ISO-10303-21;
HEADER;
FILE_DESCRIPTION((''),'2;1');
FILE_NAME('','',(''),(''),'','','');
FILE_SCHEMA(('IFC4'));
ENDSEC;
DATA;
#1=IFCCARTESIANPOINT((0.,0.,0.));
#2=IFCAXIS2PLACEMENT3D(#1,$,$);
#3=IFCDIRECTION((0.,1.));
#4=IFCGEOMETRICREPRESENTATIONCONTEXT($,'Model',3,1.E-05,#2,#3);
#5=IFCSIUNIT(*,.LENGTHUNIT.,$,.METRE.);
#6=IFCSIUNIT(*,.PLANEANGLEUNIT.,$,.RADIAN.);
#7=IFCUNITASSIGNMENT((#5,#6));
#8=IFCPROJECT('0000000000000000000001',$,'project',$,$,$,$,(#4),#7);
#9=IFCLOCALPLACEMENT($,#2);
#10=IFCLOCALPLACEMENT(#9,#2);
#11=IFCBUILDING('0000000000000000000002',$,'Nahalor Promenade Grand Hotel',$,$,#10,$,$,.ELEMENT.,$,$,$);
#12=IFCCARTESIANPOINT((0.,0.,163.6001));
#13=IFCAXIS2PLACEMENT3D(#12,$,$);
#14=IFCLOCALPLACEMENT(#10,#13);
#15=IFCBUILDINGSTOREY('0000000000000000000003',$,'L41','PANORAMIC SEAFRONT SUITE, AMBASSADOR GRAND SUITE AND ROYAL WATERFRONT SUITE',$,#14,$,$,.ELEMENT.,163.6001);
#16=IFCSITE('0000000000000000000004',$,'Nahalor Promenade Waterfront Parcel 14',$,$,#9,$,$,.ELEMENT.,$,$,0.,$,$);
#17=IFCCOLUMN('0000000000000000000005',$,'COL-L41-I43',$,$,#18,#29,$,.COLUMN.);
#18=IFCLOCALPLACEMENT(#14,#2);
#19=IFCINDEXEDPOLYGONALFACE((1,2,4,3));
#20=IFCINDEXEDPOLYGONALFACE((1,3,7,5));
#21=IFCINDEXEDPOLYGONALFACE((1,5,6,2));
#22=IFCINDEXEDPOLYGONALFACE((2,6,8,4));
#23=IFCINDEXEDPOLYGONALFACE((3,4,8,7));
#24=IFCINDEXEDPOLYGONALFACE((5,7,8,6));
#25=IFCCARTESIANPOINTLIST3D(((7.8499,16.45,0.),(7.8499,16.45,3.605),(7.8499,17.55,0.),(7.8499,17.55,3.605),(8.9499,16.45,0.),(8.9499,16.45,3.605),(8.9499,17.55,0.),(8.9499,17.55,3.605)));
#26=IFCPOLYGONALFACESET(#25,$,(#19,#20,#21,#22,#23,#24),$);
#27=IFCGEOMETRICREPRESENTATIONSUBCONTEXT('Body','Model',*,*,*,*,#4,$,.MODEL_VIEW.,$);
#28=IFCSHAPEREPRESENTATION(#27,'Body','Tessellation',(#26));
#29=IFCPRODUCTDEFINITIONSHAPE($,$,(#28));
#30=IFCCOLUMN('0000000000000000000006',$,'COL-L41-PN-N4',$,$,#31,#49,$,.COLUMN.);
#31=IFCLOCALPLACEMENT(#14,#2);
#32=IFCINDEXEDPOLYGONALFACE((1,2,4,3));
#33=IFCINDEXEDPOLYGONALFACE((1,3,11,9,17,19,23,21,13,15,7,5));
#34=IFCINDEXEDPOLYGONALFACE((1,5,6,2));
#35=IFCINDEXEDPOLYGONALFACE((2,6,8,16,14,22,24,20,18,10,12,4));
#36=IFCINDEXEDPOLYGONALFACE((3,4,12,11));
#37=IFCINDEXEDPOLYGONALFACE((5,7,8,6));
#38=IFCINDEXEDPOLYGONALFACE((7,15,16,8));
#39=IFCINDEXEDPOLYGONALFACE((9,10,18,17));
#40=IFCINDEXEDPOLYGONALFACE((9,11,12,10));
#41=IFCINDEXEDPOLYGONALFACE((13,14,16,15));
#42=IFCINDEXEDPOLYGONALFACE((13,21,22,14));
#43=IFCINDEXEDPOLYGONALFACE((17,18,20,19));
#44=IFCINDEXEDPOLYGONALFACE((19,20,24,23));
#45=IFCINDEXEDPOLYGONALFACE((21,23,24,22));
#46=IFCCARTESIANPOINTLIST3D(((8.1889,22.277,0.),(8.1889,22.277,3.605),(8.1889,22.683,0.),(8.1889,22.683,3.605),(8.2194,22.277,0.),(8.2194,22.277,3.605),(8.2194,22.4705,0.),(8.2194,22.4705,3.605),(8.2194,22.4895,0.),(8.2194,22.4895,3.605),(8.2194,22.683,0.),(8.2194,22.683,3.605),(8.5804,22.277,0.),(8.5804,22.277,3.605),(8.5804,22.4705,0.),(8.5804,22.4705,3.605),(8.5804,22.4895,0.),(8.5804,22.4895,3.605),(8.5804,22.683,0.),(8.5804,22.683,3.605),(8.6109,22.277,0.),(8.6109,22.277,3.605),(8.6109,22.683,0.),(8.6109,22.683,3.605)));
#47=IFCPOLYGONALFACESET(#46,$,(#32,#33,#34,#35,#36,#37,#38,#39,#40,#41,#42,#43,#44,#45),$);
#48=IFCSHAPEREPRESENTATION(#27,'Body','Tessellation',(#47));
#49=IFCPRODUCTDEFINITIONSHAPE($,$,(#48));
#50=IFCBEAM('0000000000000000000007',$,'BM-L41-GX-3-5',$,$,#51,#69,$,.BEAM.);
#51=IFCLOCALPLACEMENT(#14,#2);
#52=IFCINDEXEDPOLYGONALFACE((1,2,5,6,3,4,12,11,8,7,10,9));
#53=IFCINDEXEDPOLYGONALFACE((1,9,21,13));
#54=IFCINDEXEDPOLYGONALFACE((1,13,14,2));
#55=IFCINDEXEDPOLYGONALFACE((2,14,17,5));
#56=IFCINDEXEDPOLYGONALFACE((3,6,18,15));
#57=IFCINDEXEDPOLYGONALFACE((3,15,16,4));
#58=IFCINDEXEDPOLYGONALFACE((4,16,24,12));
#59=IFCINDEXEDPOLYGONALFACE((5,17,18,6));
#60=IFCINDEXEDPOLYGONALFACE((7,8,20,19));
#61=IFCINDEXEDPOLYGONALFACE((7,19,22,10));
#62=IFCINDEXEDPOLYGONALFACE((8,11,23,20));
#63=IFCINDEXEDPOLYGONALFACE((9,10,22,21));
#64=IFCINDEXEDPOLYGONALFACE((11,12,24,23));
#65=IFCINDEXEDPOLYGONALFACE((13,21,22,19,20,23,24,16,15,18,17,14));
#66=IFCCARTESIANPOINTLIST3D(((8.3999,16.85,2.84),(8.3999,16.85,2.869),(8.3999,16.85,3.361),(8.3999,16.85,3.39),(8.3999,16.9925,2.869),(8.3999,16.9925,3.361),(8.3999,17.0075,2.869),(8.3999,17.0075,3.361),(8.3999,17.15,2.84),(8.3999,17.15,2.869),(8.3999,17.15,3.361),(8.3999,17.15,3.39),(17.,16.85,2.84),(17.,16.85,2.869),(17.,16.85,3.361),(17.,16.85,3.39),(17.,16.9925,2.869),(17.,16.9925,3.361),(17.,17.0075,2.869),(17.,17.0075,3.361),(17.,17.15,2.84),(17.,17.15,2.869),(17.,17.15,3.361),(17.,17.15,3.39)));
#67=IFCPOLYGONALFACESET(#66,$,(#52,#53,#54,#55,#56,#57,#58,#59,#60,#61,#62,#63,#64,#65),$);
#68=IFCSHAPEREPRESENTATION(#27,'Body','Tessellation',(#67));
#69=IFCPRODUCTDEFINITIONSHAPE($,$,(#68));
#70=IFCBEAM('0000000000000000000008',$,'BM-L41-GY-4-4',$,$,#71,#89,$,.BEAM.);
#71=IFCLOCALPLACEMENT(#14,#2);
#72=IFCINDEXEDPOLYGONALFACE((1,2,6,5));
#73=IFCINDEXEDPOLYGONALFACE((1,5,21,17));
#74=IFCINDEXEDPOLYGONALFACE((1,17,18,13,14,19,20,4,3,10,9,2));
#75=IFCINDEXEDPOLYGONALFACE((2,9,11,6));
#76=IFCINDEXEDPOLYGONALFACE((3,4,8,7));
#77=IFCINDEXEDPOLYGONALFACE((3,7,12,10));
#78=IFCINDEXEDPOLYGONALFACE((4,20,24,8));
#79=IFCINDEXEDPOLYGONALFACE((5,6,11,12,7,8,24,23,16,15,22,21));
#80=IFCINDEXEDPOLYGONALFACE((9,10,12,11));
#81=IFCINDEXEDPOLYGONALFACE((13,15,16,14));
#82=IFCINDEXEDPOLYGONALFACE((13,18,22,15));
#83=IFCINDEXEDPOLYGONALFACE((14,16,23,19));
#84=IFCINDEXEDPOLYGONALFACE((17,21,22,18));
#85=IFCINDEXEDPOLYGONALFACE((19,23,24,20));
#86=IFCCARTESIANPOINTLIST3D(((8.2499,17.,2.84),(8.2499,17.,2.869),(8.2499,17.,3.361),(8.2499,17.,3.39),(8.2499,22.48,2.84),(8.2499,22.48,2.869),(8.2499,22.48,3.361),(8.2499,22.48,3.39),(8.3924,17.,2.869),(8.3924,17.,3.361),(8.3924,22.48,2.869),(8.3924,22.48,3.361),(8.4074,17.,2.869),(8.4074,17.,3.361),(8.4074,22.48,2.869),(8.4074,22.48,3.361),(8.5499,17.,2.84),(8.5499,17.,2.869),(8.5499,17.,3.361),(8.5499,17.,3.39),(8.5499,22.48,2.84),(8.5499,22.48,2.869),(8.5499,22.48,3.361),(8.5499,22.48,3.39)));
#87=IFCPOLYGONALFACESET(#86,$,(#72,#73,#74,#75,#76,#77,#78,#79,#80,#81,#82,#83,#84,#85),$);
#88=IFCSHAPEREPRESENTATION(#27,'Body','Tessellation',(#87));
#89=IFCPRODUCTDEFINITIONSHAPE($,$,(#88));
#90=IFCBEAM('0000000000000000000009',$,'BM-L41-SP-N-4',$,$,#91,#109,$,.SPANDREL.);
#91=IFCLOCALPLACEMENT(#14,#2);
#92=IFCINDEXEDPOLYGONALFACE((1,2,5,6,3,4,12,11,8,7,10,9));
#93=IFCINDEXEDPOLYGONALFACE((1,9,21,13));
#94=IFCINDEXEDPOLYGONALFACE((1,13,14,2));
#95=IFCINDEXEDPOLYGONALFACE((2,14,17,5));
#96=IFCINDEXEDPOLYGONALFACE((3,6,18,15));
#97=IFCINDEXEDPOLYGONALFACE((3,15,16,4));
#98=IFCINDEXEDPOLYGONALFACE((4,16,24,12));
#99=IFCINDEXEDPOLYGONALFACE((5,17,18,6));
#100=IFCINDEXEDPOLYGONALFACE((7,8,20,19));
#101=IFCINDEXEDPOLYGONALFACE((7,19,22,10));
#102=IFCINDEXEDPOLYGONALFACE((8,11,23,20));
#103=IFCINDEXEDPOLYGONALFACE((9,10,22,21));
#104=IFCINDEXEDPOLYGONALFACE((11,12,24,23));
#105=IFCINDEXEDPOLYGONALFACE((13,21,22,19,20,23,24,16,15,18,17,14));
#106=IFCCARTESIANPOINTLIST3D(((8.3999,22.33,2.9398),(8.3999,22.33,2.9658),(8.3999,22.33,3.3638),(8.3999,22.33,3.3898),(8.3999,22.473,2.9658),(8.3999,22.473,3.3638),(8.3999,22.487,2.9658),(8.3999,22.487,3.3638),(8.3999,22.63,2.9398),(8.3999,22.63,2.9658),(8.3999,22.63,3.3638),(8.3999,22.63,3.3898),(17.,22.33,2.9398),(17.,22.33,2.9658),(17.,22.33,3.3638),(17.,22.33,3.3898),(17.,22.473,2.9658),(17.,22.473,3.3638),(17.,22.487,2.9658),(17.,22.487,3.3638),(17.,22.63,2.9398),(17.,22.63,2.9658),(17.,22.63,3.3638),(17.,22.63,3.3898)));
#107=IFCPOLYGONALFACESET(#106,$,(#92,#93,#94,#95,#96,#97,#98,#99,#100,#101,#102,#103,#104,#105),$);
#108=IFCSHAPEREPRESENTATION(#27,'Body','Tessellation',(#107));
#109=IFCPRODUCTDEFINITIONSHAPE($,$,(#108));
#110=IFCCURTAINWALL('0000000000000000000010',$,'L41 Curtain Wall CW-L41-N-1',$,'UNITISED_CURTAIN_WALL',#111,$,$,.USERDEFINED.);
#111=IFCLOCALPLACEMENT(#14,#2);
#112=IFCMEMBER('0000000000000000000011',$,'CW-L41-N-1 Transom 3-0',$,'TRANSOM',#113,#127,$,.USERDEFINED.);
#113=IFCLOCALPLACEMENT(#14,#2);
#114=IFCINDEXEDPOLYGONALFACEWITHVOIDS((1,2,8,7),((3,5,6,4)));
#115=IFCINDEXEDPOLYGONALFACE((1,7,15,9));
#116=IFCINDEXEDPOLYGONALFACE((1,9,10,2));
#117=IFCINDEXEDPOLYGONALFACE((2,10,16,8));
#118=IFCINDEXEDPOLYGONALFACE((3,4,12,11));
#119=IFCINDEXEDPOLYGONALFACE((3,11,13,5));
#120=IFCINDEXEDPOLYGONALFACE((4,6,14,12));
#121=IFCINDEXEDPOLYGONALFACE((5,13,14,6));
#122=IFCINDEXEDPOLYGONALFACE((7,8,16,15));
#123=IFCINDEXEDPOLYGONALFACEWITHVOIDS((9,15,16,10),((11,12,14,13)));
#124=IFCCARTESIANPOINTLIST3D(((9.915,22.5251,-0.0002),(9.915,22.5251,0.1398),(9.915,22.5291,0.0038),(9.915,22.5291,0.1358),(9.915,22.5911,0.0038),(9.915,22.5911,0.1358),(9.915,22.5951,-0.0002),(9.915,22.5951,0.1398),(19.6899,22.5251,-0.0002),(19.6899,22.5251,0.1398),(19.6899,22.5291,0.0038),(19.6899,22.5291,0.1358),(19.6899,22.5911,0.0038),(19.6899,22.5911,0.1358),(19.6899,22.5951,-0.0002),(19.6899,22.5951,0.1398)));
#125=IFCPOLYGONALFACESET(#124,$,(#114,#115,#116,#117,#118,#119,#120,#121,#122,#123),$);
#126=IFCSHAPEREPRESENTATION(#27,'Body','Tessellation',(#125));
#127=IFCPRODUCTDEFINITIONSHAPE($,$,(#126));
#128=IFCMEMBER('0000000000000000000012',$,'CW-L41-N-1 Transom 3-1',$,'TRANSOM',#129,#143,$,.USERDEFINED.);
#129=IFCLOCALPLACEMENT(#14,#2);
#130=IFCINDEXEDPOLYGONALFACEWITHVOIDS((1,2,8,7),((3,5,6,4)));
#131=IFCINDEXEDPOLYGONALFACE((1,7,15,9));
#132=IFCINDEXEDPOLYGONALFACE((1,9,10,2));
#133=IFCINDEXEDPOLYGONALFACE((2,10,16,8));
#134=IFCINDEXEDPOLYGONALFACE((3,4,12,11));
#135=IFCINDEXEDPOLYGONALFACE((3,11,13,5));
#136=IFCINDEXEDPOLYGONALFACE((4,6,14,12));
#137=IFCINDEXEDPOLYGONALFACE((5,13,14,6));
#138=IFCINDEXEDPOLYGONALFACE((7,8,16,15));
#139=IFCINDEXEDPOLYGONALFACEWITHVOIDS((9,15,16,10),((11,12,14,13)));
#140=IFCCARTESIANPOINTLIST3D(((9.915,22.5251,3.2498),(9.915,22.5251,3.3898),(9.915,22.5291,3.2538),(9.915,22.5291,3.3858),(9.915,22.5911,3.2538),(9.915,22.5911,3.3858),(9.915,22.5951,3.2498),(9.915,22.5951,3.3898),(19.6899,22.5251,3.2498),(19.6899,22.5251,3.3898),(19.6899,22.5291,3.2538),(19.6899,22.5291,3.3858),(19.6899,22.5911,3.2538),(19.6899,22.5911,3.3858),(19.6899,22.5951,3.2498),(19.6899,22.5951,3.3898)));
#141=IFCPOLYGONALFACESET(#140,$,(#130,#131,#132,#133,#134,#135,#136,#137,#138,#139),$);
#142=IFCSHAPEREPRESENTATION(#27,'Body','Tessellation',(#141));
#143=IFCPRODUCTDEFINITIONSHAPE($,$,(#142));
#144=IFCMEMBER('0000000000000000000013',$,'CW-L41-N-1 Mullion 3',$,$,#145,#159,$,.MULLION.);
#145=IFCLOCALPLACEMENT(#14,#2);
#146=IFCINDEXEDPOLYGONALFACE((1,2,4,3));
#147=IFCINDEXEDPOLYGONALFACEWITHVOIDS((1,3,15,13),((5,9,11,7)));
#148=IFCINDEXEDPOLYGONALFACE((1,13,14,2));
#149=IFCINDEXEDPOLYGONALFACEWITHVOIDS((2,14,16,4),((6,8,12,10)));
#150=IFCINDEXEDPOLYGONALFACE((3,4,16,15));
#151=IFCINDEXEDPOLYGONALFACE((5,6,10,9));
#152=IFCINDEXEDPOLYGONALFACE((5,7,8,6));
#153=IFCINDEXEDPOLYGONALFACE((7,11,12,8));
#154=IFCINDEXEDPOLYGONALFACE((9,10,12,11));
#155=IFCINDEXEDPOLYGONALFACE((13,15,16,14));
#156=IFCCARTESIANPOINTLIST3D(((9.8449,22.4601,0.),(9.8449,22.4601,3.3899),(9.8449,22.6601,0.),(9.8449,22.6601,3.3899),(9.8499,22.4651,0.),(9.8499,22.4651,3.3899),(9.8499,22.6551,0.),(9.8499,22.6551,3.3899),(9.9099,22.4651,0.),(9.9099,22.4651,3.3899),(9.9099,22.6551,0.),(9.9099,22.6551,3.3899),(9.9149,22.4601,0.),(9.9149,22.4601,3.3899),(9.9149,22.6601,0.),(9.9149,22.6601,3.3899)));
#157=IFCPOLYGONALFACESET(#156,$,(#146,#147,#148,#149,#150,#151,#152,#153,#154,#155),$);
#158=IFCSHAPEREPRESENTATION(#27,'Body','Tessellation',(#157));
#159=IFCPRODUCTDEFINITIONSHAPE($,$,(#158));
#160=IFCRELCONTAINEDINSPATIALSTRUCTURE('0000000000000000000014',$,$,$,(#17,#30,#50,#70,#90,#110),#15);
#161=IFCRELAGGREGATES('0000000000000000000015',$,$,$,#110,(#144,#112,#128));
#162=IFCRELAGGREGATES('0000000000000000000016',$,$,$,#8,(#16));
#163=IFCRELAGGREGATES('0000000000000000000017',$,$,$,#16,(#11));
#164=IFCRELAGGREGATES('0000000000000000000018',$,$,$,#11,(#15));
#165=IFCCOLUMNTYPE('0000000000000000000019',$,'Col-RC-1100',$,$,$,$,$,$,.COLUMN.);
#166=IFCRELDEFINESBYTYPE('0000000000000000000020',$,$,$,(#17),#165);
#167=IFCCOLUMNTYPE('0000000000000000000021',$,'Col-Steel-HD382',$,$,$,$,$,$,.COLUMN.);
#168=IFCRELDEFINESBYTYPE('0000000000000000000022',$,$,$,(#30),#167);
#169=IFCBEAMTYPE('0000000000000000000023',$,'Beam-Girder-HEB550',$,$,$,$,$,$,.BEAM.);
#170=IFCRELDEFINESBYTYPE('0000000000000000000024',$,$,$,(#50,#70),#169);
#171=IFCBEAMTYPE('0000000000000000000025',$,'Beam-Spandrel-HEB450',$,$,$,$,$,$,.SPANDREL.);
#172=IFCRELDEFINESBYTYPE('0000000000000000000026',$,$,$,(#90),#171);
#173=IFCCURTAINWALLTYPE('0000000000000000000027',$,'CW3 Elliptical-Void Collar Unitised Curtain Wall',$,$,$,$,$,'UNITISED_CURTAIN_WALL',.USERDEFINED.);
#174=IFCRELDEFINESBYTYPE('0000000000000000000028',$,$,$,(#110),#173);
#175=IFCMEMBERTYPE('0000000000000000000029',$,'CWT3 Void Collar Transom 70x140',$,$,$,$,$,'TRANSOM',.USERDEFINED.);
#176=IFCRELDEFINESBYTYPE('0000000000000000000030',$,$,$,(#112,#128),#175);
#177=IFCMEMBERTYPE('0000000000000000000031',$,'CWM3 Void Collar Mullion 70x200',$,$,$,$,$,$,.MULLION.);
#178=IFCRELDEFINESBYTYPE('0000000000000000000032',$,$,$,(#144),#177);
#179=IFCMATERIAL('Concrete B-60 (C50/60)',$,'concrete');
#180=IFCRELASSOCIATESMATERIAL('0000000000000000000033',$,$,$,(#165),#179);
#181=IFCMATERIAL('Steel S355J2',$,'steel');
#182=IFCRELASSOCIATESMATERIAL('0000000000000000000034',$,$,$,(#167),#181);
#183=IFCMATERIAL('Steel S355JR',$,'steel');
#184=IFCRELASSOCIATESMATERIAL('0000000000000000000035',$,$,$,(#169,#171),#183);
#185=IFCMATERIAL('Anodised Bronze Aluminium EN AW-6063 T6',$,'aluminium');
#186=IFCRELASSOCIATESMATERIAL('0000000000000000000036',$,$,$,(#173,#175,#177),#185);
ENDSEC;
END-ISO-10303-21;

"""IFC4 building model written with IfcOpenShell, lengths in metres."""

from ifc_helpers import new_model, si_unit, direction, frame, origin, origin_2d, place, context, subcontext, project, spatial, rectangle, hollow_rectangle, i_section, extrude, source, transform, mapped, material, material_profile, profile_set, type_object, element, aggregate, save


model = new_model("IFC4")

# Units and contexts
model_context = context("Model", 3, precision=1e-05, world=origin(), true_north=direction((0.0, 1.0)))
body_context = subcontext(model_context, "Body", "Model", "MODEL_VIEW")
ifc_project = project(units=[si_unit("LENGTHUNIT", "METRE"), si_unit("PLANEANGLEUNIT", "RADIAN")], contexts=[model_context])

# Site, building, storey
site_placement = place(None, origin())
site = spatial("IfcSite", under=ifc_project, at=site_placement, Name="Nahalor Promenade Waterfront Parcel 14", CompositionType="ELEMENT", RefElevation=0.0)
building_placement = place(site_placement, origin())
building = spatial("IfcBuilding", under=site, at=building_placement, Name="Nahalor Promenade Grand Hotel", CompositionType="ELEMENT")
storey_placement = place(building_placement, frame((0.0, 0.0, 163.6001)))
storey = spatial("IfcBuildingStorey", under=building, at=storey_placement, Name="L41", Description="PANORAMIC SEAFRONT SUITE, AMBASSADOR GRAND SUITE AND ROYAL WATERFRONT SUITE", CompositionType="ELEMENT", Elevation=163.6001)

# Columns
ifc_material_1 = material(Name="Concrete B-60 (C50/60)", Category="concrete")
ifc_material_profile_1 = material_profile(ifc_material_1, rectangle(XDim=1.1, YDim=1.1, at=origin_2d()), Name="RC 1100x1100")
ifc_profile_set_1 = profile_set([ifc_material_profile_1], Name="Concrete B-60 (C50/60)")
column_type_1 = type_object("IfcColumnType", Name="Col-RC-1100", PredefinedType="COLUMN", material=ifc_profile_set_1)
shared_shape_1 = source(origin(), body_context, "Body", "SweptSolid", [
    extrude(rectangle(XDim=1.1, YDim=1.1, at=origin_2d()), origin(), (0.0, 0.0, 1.0), 3.605),
])
column_1_placement = place(storey_placement, frame((8.3999, 17.0, 0.0), z_axis=(0.0, 0.0, 1.0), x_axis=(1.0, 0.0, 0.0)))
element("IfcColumn", 1, at=column_1_placement, inside=storey, type_object=column_type_1, Name="COL-L41-I43", PredefinedType="COLUMN", context=body_context, shape_type="MappedRepresentation", body=[
    mapped(shared_shape_1, transform((0.0, 0.0, 0.0), scale=1.0)),
])
ifc_material_2 = material(Name="Steel S355J2", Category="steel")
ifc_material_profile_2 = material_profile(ifc_material_2, i_section(OverallWidth=0.406, OverallDepth=0.422, WebThickness=0.019, FlangeThickness=0.0305, at=origin_2d()), Name="HD 400x382")
ifc_profile_set_2 = profile_set([ifc_material_profile_2], Name="Steel S355J2")
column_type_2 = type_object("IfcColumnType", Name="Col-Steel-HD382", PredefinedType="COLUMN", material=ifc_profile_set_2)
shared_shape_2 = source(origin(), body_context, "Body", "SweptSolid", [
    extrude(i_section(OverallWidth=0.406, OverallDepth=0.422, WebThickness=0.019, FlangeThickness=0.0305, at=origin_2d()), origin(), (0.0, 0.0, 1.0), 3.605),
])
column_2_placement = place(storey_placement, frame((8.3999, 22.48, 0.0), z_axis=(0.0, 0.0, 1.0), x_axis=(0.0, 1.0, 0.0)))
element("IfcColumn", 2, at=column_2_placement, inside=storey, type_object=column_type_2, Name="COL-L41-PN-N4", PredefinedType="COLUMN", context=body_context, shape_type="MappedRepresentation", body=[
    mapped(shared_shape_2, transform((0.0, 0.0, 0.0), scale=1.0)),
])

# Beams
ifc_material_3 = material(Name="Steel S355JR", Category="steel")
ifc_material_profile_3 = material_profile(ifc_material_3, i_section(OverallWidth=0.3, OverallDepth=0.55, WebThickness=0.015, FlangeThickness=0.029, at=origin_2d()), Name="HEB 550")
ifc_profile_set_3 = profile_set([ifc_material_profile_3], Name="Steel S355JR")
beam_type_1 = type_object("IfcBeamType", Name="Beam-Girder-HEB550", PredefinedType="BEAM", material=ifc_profile_set_3)
shared_shape_3 = source(origin(), body_context, "Body", "SweptSolid", [
    extrude(i_section(OverallWidth=0.3, OverallDepth=0.55, WebThickness=0.015, FlangeThickness=0.029, at=origin_2d()), origin(), (0.0, 0.0, 1.0), 8.6001),
])
beam_1_placement = place(storey_placement, frame((8.3999, 17.0, 3.115), z_axis=(1.0, 0.0, 0.0), x_axis=(0.0, 1.0, 0.0)))
element("IfcBeam", 3, at=beam_1_placement, inside=storey, type_object=beam_type_1, Name="BM-L41-GX-3-5", PredefinedType="BEAM", context=body_context, shape_type="MappedRepresentation", body=[
    mapped(shared_shape_3, transform((0.0, 0.0, 0.0), scale=1.0)),
])
shared_shape_4 = source(origin(), body_context, "Body", "SweptSolid", [
    extrude(i_section(OverallWidth=0.3, OverallDepth=0.55, WebThickness=0.015, FlangeThickness=0.029, at=origin_2d()), origin(), (0.0, 0.0, 1.0), 5.48),
])
beam_2_placement = place(storey_placement, frame((8.3999, 17.0, 3.115), z_axis=(0.0, 1.0, 0.0), x_axis=(-1.0, 0.0, 0.0)))
element("IfcBeam", 4, at=beam_2_placement, inside=storey, type_object=beam_type_1, Name="BM-L41-GY-4-4", PredefinedType="BEAM", context=body_context, shape_type="MappedRepresentation", body=[
    mapped(shared_shape_4, transform((0.0, 0.0, 0.0), scale=1.0)),
])
ifc_material_profile_4 = material_profile(ifc_material_3, i_section(OverallWidth=0.3, OverallDepth=0.45, WebThickness=0.014, FlangeThickness=0.026, at=origin_2d()), Name="HEB 450")
ifc_profile_set_4 = profile_set([ifc_material_profile_4], Name="Steel S355JR")
beam_type_2 = type_object("IfcBeamType", Name="Beam-Spandrel-HEB450", PredefinedType="SPANDREL", material=ifc_profile_set_4)
shared_shape_5 = source(origin(), body_context, "Body", "SweptSolid", [
    extrude(i_section(OverallWidth=0.3, OverallDepth=0.45, WebThickness=0.014, FlangeThickness=0.026, at=origin_2d()), origin(), (0.0, 0.0, 1.0), 8.6001),
])
beam_3_placement = place(storey_placement, frame((8.3999, 22.48, 3.1648), z_axis=(1.0, 0.0, 0.0), x_axis=(0.0, 1.0, 0.0)))
element("IfcBeam", 5, at=beam_3_placement, inside=storey, type_object=beam_type_2, Name="BM-L41-SP-N-4", PredefinedType="SPANDREL", context=body_context, shape_type="MappedRepresentation", body=[
    mapped(shared_shape_5, transform((0.0, 0.0, 0.0), scale=1.0)),
])

# Curtain wall, members
ifc_material_4 = material(Name="Anodised Bronze Aluminium EN AW-6063 T6", Category="aluminium")
curtain_wall_type = type_object("IfcCurtainWallType", Name="CW3 Elliptical-Void Collar Unitised Curtain Wall", ElementType="UNITISED_CURTAIN_WALL", PredefinedType="USERDEFINED", material=ifc_material_4)
curtain_wall_placement = place(storey_placement, origin())
curtain_wall = element("IfcCurtainWall", 6, at=curtain_wall_placement, inside=storey, type_object=curtain_wall_type, Name="L41 Curtain Wall CW-L41-N-1", ObjectType="UNITISED_CURTAIN_WALL", PredefinedType="USERDEFINED")
ifc_material_profile_5 = material_profile(ifc_material_4, hollow_rectangle(XDim=0.07, YDim=0.14, WallThickness=0.004, at=origin_2d()), Name="CWT 70x140x4")
ifc_profile_set_5 = profile_set([ifc_material_profile_5], Name="Anodised Bronze Aluminium EN AW-6063 T6")
member_type_1 = type_object("IfcMemberType", Name="CWT3 Void Collar Transom 70x140", ElementType="TRANSOM", PredefinedType="USERDEFINED", material=ifc_profile_set_5)
shared_shape_6 = source(origin(), body_context, "Body", "SweptSolid", [
    extrude(hollow_rectangle(XDim=0.07, YDim=0.14, WallThickness=0.004, at=origin_2d()), origin(), (0.0, 0.0, 1.0), 9.7749),
])
member_1_placement = place(storey_placement, frame((9.915, 22.5601, 0.0698), z_axis=(1.0, 0.0, 0.0), x_axis=(0.0, 1.0, 0.0)))
member_1 = element("IfcMember", 7, at=member_1_placement, type_object=member_type_1, Name="CW-L41-N-1 Transom 3-0", ObjectType="TRANSOM", PredefinedType="USERDEFINED", context=body_context, shape_type="MappedRepresentation", body=[
    mapped(shared_shape_6, transform((0.0, 0.0, 0.0), scale=1.0)),
])
member_2_placement = place(storey_placement, frame((9.915, 22.5601, 3.3198), z_axis=(1.0, 0.0, 0.0), x_axis=(0.0, 1.0, 0.0)))
member_2 = element("IfcMember", 8, at=member_2_placement, type_object=member_type_1, Name="CW-L41-N-1 Transom 3-1", ObjectType="TRANSOM", PredefinedType="USERDEFINED", context=body_context, shape_type="MappedRepresentation", body=[
    mapped(shared_shape_6, transform((0.0, 0.0, 0.0), scale=1.0)),
])
ifc_material_profile_6 = material_profile(ifc_material_4, hollow_rectangle(XDim=0.07, YDim=0.2, WallThickness=0.005, at=origin_2d()), Name="CWM 70x200x5")
ifc_profile_set_6 = profile_set([ifc_material_profile_6], Name="Anodised Bronze Aluminium EN AW-6063 T6")
member_type_2 = type_object("IfcMemberType", Name="CWM3 Void Collar Mullion 70x200", PredefinedType="MULLION", material=ifc_profile_set_6)
shared_shape_7 = source(origin(), body_context, "Body", "SweptSolid", [
    extrude(hollow_rectangle(XDim=0.07, YDim=0.2, WallThickness=0.005, at=origin_2d()), origin(), (0.0, 0.0, 1.0), 3.3899),
])
member_3_placement = place(storey_placement, frame((9.8799, 22.5601, 0.0), z_axis=(0.0, 0.0, 1.0), x_axis=(1.0, 0.0, 0.0)))
member_3 = element("IfcMember", 9, at=member_3_placement, type_object=member_type_2, Name="CW-L41-N-1 Mullion 3", PredefinedType="MULLION", context=body_context, shape_type="MappedRepresentation", body=[
    mapped(shared_shape_7, transform((0.0, 0.0, 0.0), scale=1.0)),
])
aggregate(curtain_wall, [member_3, member_1, member_2])

save(model, "model.ifc")
